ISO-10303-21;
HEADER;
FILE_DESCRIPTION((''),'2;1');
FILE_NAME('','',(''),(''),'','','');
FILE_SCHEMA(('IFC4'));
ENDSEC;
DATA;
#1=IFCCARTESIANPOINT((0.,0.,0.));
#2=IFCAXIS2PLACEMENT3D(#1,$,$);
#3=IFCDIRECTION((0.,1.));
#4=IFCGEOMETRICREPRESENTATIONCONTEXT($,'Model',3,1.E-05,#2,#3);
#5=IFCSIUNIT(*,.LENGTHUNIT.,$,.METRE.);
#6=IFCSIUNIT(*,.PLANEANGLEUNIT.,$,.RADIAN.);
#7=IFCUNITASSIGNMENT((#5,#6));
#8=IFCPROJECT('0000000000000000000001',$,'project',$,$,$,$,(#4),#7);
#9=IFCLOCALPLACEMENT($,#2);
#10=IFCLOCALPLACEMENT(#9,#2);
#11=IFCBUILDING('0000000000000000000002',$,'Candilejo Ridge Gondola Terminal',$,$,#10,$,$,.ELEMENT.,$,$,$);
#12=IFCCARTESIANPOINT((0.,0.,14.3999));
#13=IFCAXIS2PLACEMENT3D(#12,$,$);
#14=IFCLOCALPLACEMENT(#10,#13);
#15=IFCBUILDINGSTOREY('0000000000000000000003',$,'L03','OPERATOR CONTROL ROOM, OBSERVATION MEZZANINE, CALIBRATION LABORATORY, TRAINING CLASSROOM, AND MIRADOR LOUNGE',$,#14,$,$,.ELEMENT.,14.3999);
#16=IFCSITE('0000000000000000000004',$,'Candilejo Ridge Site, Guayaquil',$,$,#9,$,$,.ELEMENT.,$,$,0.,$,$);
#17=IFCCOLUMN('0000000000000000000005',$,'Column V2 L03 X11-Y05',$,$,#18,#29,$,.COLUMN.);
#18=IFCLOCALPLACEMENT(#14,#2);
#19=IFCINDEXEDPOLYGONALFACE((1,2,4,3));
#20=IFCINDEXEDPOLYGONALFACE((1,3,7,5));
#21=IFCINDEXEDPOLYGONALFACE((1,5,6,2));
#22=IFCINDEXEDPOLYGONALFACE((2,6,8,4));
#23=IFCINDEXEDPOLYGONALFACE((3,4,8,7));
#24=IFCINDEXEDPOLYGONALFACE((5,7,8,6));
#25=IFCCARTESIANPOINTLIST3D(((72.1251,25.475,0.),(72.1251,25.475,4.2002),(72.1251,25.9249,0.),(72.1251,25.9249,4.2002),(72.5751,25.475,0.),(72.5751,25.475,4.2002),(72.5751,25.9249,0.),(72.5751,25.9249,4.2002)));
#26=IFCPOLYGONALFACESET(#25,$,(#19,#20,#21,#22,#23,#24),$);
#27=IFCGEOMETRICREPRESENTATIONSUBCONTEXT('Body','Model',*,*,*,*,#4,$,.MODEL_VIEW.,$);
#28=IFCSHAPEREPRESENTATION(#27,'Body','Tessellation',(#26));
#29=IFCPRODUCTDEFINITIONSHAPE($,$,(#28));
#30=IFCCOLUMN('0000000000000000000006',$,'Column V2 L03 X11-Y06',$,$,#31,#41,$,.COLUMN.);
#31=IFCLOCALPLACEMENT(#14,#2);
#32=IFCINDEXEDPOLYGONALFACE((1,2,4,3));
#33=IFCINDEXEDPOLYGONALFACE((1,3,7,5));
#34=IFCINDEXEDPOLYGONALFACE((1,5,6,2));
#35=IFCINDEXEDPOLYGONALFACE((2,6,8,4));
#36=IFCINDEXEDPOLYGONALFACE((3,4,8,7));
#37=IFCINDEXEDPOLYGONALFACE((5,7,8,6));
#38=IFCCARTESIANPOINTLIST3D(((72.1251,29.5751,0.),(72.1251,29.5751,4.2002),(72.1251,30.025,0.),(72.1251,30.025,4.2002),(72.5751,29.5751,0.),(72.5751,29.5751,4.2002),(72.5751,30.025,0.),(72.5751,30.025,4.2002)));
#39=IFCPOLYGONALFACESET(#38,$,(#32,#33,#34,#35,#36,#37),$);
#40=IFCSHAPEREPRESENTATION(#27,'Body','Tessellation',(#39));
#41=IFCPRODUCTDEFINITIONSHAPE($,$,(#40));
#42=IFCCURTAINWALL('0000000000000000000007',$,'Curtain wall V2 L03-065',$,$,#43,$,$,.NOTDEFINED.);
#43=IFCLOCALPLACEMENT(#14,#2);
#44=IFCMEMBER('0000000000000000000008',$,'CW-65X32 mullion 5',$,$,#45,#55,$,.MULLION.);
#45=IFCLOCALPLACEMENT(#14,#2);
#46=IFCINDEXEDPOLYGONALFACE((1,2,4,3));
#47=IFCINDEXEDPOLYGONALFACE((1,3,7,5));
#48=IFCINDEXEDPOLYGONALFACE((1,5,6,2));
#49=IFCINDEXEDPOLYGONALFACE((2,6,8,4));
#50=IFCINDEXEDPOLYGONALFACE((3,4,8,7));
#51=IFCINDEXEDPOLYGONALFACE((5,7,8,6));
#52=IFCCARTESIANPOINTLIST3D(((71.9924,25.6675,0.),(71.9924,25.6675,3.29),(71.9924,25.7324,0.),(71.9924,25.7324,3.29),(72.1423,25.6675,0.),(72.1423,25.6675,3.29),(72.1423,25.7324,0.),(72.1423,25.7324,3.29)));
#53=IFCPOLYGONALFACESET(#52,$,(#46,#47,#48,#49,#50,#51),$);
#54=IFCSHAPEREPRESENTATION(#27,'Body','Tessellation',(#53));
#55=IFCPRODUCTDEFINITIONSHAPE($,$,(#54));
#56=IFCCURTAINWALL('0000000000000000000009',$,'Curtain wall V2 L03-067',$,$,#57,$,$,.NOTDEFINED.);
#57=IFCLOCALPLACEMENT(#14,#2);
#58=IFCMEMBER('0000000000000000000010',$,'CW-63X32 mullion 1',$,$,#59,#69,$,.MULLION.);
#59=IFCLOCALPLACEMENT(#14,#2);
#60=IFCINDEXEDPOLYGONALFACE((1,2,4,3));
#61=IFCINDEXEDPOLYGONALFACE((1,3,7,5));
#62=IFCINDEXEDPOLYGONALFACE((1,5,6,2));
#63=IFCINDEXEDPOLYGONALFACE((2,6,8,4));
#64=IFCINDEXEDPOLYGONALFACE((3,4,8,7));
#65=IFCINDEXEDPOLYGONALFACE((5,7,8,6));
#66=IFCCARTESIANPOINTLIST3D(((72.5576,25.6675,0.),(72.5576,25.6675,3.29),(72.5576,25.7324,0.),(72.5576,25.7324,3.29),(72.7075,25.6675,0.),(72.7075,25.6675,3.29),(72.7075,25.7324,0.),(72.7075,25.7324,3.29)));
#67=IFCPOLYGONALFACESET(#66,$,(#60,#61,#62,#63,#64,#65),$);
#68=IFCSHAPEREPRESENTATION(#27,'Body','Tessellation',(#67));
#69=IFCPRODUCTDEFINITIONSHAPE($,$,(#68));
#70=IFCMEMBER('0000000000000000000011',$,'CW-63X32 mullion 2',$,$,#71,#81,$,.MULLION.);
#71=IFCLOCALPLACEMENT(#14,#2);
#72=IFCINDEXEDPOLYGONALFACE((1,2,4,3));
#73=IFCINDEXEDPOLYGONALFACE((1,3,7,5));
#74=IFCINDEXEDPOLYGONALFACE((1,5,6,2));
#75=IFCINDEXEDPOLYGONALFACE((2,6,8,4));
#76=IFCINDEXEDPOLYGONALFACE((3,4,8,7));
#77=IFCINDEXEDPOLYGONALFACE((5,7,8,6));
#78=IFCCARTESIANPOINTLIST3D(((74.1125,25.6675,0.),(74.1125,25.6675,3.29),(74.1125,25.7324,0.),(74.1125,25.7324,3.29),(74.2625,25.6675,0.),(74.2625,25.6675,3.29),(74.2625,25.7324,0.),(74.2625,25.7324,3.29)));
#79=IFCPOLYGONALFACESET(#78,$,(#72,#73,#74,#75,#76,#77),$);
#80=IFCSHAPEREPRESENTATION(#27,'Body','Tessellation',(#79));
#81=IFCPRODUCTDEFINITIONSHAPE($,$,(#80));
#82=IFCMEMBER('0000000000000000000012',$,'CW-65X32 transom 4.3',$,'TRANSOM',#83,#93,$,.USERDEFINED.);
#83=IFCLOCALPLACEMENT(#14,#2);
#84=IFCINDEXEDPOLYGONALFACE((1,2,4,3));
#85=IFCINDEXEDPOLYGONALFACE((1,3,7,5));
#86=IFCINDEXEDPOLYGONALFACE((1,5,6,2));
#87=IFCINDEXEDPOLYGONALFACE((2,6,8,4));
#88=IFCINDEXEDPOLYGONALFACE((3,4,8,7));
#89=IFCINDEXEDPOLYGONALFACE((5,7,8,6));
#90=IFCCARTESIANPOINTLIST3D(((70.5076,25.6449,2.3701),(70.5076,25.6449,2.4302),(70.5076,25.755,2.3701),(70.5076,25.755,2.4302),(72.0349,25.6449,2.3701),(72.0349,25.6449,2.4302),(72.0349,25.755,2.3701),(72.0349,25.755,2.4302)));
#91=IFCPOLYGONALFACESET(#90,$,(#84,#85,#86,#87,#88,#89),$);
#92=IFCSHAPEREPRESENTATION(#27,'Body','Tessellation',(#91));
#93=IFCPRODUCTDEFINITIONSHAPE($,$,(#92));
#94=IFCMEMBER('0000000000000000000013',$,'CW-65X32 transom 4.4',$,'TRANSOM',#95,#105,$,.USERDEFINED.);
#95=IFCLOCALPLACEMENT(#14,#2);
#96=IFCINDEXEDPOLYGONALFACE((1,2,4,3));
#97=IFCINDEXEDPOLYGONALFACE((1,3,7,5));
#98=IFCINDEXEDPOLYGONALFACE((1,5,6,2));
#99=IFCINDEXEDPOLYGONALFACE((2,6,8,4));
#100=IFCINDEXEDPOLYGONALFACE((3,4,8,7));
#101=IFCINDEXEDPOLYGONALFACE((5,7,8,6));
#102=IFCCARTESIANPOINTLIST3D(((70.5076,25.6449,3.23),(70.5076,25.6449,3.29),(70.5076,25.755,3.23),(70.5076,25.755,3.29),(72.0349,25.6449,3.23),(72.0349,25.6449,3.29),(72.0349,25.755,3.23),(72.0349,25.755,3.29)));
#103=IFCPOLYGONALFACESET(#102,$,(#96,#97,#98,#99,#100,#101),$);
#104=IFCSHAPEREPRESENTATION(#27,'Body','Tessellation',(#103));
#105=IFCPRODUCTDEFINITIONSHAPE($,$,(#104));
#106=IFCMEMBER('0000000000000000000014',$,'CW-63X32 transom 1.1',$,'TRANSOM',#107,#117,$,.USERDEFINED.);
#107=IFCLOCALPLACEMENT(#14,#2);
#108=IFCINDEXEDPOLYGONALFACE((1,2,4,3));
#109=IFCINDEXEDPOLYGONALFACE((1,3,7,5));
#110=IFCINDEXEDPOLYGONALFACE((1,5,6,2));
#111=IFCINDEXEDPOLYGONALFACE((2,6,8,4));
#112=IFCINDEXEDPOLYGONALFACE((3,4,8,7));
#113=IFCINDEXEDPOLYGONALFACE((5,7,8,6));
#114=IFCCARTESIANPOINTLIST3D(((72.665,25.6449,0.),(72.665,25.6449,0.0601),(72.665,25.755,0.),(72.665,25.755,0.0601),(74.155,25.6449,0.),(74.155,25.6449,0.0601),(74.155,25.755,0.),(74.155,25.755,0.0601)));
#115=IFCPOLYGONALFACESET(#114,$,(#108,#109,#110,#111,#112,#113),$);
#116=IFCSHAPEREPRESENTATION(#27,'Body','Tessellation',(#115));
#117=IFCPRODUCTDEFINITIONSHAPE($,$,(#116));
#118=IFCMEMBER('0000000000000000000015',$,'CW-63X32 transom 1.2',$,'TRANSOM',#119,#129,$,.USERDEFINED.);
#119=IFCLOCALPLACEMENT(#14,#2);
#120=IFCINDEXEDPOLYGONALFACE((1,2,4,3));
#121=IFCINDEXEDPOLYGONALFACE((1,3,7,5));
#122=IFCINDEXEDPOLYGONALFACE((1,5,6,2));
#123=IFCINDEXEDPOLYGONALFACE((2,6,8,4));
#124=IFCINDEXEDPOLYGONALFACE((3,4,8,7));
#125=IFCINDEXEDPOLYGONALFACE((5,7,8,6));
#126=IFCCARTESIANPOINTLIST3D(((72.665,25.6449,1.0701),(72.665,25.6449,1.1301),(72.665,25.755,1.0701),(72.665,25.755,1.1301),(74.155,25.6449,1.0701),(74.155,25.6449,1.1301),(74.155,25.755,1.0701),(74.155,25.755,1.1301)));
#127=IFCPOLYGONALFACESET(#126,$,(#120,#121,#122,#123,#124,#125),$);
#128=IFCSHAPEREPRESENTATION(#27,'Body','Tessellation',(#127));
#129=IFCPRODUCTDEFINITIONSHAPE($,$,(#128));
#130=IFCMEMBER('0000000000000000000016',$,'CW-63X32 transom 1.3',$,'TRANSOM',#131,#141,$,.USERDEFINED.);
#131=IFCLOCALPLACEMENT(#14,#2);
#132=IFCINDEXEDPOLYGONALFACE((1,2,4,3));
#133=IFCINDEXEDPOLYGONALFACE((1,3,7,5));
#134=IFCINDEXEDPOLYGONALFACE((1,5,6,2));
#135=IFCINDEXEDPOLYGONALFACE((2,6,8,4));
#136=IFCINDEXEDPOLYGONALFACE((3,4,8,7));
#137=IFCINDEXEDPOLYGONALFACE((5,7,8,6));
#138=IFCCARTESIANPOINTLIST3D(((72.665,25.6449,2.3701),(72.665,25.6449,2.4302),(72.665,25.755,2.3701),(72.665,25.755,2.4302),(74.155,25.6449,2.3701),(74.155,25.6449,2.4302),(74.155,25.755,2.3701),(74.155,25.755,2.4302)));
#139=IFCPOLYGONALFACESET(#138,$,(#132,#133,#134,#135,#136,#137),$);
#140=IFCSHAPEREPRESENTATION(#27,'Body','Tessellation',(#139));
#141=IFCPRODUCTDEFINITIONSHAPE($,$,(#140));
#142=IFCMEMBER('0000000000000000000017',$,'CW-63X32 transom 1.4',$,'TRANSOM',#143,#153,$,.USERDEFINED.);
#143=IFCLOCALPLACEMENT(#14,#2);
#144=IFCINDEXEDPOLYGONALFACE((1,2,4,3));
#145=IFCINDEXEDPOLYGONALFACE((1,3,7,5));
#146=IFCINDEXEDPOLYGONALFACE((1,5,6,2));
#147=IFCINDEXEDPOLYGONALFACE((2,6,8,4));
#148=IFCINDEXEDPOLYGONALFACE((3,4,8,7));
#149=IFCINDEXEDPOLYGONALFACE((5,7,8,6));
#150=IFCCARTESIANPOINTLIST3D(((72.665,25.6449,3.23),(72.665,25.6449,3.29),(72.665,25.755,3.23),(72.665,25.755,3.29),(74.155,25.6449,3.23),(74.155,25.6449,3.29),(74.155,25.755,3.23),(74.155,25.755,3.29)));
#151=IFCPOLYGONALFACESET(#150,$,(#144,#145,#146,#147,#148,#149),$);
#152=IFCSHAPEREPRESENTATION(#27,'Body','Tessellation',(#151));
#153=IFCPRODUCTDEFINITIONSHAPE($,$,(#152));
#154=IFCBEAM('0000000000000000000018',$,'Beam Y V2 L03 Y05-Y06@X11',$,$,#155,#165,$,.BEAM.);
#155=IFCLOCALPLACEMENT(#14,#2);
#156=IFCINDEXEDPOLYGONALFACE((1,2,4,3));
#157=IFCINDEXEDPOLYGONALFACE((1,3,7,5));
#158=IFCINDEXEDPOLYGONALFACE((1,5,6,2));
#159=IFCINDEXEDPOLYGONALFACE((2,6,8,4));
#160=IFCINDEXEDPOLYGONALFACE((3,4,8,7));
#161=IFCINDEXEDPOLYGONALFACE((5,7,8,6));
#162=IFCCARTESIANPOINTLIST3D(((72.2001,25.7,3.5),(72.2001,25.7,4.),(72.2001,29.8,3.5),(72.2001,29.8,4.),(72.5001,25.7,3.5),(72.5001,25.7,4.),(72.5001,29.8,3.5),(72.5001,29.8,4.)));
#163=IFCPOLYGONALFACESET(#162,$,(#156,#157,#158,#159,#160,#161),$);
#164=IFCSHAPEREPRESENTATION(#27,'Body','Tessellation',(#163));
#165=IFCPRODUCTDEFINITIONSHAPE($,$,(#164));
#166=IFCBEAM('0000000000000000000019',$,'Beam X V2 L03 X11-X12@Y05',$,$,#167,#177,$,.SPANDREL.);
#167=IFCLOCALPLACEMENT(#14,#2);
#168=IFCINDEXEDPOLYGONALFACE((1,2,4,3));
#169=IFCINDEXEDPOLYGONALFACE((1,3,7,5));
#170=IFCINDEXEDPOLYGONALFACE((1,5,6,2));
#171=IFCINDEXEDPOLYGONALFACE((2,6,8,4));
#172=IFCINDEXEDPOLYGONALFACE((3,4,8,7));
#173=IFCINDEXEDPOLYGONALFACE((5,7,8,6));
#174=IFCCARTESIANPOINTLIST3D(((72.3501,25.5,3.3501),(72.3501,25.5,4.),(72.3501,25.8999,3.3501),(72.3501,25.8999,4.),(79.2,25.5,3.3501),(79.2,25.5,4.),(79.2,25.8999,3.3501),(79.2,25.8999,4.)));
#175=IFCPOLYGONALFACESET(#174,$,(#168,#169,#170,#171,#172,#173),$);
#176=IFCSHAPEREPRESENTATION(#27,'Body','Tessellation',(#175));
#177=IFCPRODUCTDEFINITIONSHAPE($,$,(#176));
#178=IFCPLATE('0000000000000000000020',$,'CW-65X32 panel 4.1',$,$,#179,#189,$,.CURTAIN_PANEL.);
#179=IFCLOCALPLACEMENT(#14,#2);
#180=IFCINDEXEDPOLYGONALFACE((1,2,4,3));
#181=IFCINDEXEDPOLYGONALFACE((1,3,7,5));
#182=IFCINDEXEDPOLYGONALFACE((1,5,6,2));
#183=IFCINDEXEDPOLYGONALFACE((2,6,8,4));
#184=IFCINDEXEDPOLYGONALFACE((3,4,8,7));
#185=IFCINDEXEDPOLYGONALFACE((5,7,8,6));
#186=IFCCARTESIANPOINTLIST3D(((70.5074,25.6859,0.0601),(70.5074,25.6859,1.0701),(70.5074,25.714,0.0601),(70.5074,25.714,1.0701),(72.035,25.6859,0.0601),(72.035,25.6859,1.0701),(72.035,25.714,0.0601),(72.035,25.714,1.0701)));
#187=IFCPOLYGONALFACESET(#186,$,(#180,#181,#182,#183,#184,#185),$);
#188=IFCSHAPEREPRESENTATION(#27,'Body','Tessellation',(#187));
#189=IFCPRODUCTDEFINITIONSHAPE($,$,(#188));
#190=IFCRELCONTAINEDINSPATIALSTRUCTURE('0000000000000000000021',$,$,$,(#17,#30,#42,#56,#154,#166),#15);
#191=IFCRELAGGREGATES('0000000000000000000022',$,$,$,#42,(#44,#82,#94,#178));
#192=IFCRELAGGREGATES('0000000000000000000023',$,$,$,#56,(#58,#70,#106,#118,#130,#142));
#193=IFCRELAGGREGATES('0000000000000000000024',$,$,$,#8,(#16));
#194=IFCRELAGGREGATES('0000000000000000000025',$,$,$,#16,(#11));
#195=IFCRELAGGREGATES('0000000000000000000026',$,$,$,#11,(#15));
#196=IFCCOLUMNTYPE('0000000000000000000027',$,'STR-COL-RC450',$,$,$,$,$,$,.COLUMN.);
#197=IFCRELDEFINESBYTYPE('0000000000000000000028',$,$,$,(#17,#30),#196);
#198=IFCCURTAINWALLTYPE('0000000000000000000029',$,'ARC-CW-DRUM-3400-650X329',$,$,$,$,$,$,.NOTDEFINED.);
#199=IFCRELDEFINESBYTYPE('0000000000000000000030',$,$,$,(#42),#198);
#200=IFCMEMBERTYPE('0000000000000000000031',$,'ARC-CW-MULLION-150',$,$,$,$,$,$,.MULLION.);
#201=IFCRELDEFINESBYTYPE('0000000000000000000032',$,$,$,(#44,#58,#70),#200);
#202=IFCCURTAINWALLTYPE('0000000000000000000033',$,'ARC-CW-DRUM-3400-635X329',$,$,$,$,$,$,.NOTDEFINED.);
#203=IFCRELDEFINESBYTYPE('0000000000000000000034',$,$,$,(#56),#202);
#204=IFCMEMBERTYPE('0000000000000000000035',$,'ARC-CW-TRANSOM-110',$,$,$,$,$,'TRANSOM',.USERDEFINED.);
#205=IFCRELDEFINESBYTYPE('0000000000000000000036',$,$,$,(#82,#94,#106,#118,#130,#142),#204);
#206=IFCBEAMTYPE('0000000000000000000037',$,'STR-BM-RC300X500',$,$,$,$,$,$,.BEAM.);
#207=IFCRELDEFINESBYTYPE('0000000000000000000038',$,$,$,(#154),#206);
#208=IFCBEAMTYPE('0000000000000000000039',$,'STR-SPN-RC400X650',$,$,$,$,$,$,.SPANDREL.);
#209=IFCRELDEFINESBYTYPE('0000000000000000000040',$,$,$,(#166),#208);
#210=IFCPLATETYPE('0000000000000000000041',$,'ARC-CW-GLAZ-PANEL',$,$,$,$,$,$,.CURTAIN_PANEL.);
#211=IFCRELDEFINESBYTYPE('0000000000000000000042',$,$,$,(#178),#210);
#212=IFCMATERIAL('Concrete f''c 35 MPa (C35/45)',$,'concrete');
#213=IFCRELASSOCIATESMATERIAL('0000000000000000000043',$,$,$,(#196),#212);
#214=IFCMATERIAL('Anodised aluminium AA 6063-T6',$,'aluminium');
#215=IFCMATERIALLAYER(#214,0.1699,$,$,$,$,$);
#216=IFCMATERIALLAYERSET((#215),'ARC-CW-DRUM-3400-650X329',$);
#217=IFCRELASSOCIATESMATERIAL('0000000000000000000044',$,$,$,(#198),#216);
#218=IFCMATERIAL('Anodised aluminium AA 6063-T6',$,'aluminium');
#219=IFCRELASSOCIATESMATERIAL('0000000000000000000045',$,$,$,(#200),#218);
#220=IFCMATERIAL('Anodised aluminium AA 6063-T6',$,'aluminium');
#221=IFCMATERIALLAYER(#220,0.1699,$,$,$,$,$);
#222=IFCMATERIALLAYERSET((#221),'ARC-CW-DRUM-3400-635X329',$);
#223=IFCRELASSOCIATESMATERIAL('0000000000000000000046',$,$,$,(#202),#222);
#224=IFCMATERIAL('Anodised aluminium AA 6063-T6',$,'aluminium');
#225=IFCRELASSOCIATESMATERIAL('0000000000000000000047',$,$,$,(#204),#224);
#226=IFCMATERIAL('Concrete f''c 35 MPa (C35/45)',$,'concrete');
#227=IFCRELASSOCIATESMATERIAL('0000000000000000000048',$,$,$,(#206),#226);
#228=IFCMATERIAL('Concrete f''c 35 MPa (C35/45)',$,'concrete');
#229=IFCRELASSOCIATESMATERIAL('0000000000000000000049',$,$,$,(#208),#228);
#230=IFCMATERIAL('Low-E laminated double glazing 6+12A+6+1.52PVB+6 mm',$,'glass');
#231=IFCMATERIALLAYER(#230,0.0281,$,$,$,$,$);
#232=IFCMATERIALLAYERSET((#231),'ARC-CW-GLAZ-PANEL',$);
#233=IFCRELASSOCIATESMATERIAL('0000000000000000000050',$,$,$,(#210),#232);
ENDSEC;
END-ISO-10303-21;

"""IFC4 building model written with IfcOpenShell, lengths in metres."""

from ifc_helpers import new_model, si_unit, direction, frame, origin, origin_2d, place, context, subcontext, project, spatial, rectangle, extrude, material, layer, layer_set, material_profile, profile_set, type_object, element, aggregate, save


model = new_model("IFC4")

# Units and contexts
model_context = context("Model", 3, precision=1e-05, world=origin(), true_north=direction((0.0, 1.0)))
body_context = subcontext(model_context, "Body", "Model", "MODEL_VIEW")
ifc_project = project(units=[si_unit("LENGTHUNIT", "METRE"), si_unit("PLANEANGLEUNIT", "RADIAN")], contexts=[model_context])

# Site, building, storey
site_placement = place(None, origin())
site = spatial("IfcSite", under=ifc_project, at=site_placement, Name="Candilejo Ridge Site, Guayaquil", CompositionType="ELEMENT", RefElevation=0.0)
building_placement = place(site_placement, origin())
building = spatial("IfcBuilding", under=site, at=building_placement, Name="Candilejo Ridge Gondola Terminal", CompositionType="ELEMENT")
storey_placement = place(building_placement, frame((0.0, 0.0, 14.3999)))
storey = spatial("IfcBuildingStorey", under=building, at=storey_placement, Name="L03", Description="OPERATOR CONTROL ROOM, OBSERVATION MEZZANINE, CALIBRATION LABORATORY, TRAINING CLASSROOM, AND MIRADOR LOUNGE", CompositionType="ELEMENT", Elevation=14.3999)

# Columns
ifc_material_1 = material(Name="Concrete f'c 35 MPa (C35/45)", Category="concrete")
ifc_material_profile_1 = material_profile(ifc_material_1, rectangle(XDim=0.45, YDim=0.45, at=origin_2d()))
ifc_profile_set_1 = profile_set([ifc_material_profile_1], Name="Concrete f'c 35 MPa (C35/45)")
column_type = type_object("IfcColumnType", Name="STR-COL-RC450", PredefinedType="COLUMN", material=ifc_profile_set_1)
for number, where, z_axis, x_axis, name in (
    (1, (72.3501, 25.7, 0.0), (0.0, 0.0, 1.0), (1.0, 0.0, 0.0), "Column V2 L03 X11-Y05"),
    (2, (72.3501, 29.8, 0.0), (0.0, 0.0, 1.0), (1.0, 0.0, 0.0), "Column V2 L03 X11-Y06"),
):
    element("IfcColumn", number, at=place(storey_placement, frame(where, z_axis=z_axis, x_axis=x_axis)), inside=storey, type_object=column_type, Name=name, PredefinedType="COLUMN", context=body_context, shape_type="SweptSolid", body=[
        extrude(rectangle(XDim=0.45, YDim=0.45, at=origin_2d()), origin(), (0.0, 0.0, 1.0), 4.2002),
    ])

# Curtain wall, member
ifc_material_2 = material(Name="Anodised aluminium AA 6063-T6", Category="aluminium")
ifc_layer_1 = layer(ifc_material_2, 0.1699)
ifc_layer_set_1 = layer_set([ifc_layer_1], Name="ARC-CW-DRUM-3400-650X329")
curtain_wall_type_1 = type_object("IfcCurtainWallType", Name="ARC-CW-DRUM-3400-650X329", PredefinedType="NOTDEFINED", material=ifc_layer_set_1)
curtain_wall_1_placement = place(storey_placement, origin())
curtain_wall_1 = element("IfcCurtainWall", 3, at=curtain_wall_1_placement, inside=storey, type_object=curtain_wall_type_1, Name="Curtain wall V2 L03-065", PredefinedType="NOTDEFINED")
ifc_material_3 = material(Name="Anodised aluminium AA 6063-T6", Category="aluminium")
ifc_material_profile_2 = material_profile(ifc_material_3, rectangle(XDim=0.0649, YDim=0.1499, at=origin_2d()))
ifc_profile_set_2 = profile_set([ifc_material_profile_2], Name="Anodised aluminium AA 6063-T6")
member_type_1 = type_object("IfcMemberType", Name="ARC-CW-MULLION-150", PredefinedType="MULLION", material=ifc_profile_set_2)
member_1_placement = place(storey_placement, frame((72.0674, 25.7, 0.0), z_axis=(0.0, 0.0, 1.0), x_axis=(0.0, 1.0, 0.0)))
member_1 = element("IfcMember", 4, at=member_1_placement, type_object=member_type_1, Name="CW-65X32 mullion 5", PredefinedType="MULLION", context=body_context, shape_type="SweptSolid", body=[
    extrude(rectangle(XDim=0.0649, YDim=0.1499, at=origin_2d()), origin(), (0.0, 0.0, 1.0), 3.29),
])

# Curtain wall, members
ifc_material_4 = material(Name="Anodised aluminium AA 6063-T6", Category="aluminium")
ifc_layer_2 = layer(ifc_material_4, 0.1699)
ifc_layer_set_2 = layer_set([ifc_layer_2], Name="ARC-CW-DRUM-3400-635X329")
curtain_wall_type_2 = type_object("IfcCurtainWallType", Name="ARC-CW-DRUM-3400-635X329", PredefinedType="NOTDEFINED", material=ifc_layer_set_2)
curtain_wall_2_placement = place(storey_placement, origin())
curtain_wall_2 = element("IfcCurtainWall", 5, at=curtain_wall_2_placement, inside=storey, type_object=curtain_wall_type_2, Name="Curtain wall V2 L03-067", PredefinedType="NOTDEFINED")
member_2_placement = place(storey_placement, frame((72.6326, 25.7, 0.0), z_axis=(0.0, 0.0, 1.0), x_axis=(0.0, 1.0, 0.0)))
member_2 = element("IfcMember", 6, at=member_2_placement, type_object=member_type_1, Name="CW-63X32 mullion 1", PredefinedType="MULLION", context=body_context, shape_type="SweptSolid", body=[
    extrude(rectangle(XDim=0.0649, YDim=0.1499, at=origin_2d()), origin(), (0.0, 0.0, 1.0), 3.29),
])
member_3_placement = place(storey_placement, frame((74.1875, 25.7, 0.0), z_axis=(0.0, 0.0, 1.0), x_axis=(0.0, 1.0, 0.0)))
member_3 = element("IfcMember", 7, at=member_3_placement, type_object=member_type_1, Name="CW-63X32 mullion 2", PredefinedType="MULLION", context=body_context, shape_type="SweptSolid", body=[
    extrude(rectangle(XDim=0.0649, YDim=0.1499, at=origin_2d()), origin(), (0.0, 0.0, 1.0), 3.29),
])

# Members
ifc_material_5 = material(Name="Anodised aluminium AA 6063-T6", Category="aluminium")
ifc_material_profile_3 = material_profile(ifc_material_5, rectangle(XDim=0.1101, YDim=0.0601, at=origin_2d()))
ifc_profile_set_3 = profile_set([ifc_material_profile_3], Name="Anodised aluminium AA 6063-T6")
member_type_2 = type_object("IfcMemberType", Name="ARC-CW-TRANSOM-110", ElementType="TRANSOM", PredefinedType="USERDEFINED", material=ifc_profile_set_3)
member_4_placement = place(storey_placement, frame((70.5076, 25.7, 2.4001), z_axis=(1.0, 0.0, 0.0), x_axis=(0.0, 1.0, 0.0)))
member_4 = element("IfcMember", 8, at=member_4_placement, type_object=member_type_2, Name="CW-65X32 transom 4.3", ObjectType="TRANSOM", PredefinedType="USERDEFINED", context=body_context, shape_type="SweptSolid", body=[
    extrude(rectangle(XDim=0.1101, YDim=0.0601, at=origin_2d()), origin(), (0.0, 0.0, 1.0), 1.5273),
])
member_5_placement = place(storey_placement, frame((70.5076, 25.7, 3.26), z_axis=(1.0, 0.0, 0.0), x_axis=(0.0, 1.0, 0.0)))
member_5 = element("IfcMember", 9, at=member_5_placement, type_object=member_type_2, Name="CW-65X32 transom 4.4", ObjectType="TRANSOM", PredefinedType="USERDEFINED", context=body_context, shape_type="SweptSolid", body=[
    extrude(rectangle(XDim=0.1101, YDim=0.0601, at=origin_2d()), origin(), (0.0, 0.0, 1.0), 1.5273),
])
member_6_placement = place(storey_placement, frame((72.665, 25.7, 0.03), z_axis=(1.0, 0.0, 0.0), x_axis=(0.0, 1.0, 0.0)))
member_6 = element("IfcMember", 10, at=member_6_placement, type_object=member_type_2, Name="CW-63X32 transom 1.1", ObjectType="TRANSOM", PredefinedType="USERDEFINED", context=body_context, shape_type="SweptSolid", body=[
    extrude(rectangle(XDim=0.1101, YDim=0.0601, at=origin_2d()), origin(), (0.0, 0.0, 1.0), 1.49),
])
member_7_placement = place(storey_placement, frame((72.665, 25.7, 1.1001), z_axis=(1.0, 0.0, 0.0), x_axis=(0.0, 1.0, 0.0)))
member_7 = element("IfcMember", 11, at=member_7_placement, type_object=member_type_2, Name="CW-63X32 transom 1.2", ObjectType="TRANSOM", PredefinedType="USERDEFINED", context=body_context, shape_type="SweptSolid", body=[
    extrude(rectangle(XDim=0.1101, YDim=0.0601, at=origin_2d()), origin(), (0.0, 0.0, 1.0), 1.49),
])
member_8_placement = place(storey_placement, frame((72.665, 25.7, 2.4001), z_axis=(1.0, 0.0, 0.0), x_axis=(0.0, 1.0, 0.0)))
member_8 = element("IfcMember", 12, at=member_8_placement, type_object=member_type_2, Name="CW-63X32 transom 1.3", ObjectType="TRANSOM", PredefinedType="USERDEFINED", context=body_context, shape_type="SweptSolid", body=[
    extrude(rectangle(XDim=0.1101, YDim=0.0601, at=origin_2d()), origin(), (0.0, 0.0, 1.0), 1.49),
])
member_9_placement = place(storey_placement, frame((72.665, 25.7, 3.26), z_axis=(1.0, 0.0, 0.0), x_axis=(0.0, 1.0, 0.0)))
member_9 = element("IfcMember", 13, at=member_9_placement, type_object=member_type_2, Name="CW-63X32 transom 1.4", ObjectType="TRANSOM", PredefinedType="USERDEFINED", context=body_context, shape_type="SweptSolid", body=[
    extrude(rectangle(XDim=0.1101, YDim=0.0601, at=origin_2d()), origin(), (0.0, 0.0, 1.0), 1.49),
])

# Beams
ifc_material_6 = material(Name="Concrete f'c 35 MPa (C35/45)", Category="concrete")
ifc_material_profile_4 = material_profile(ifc_material_6, rectangle(XDim=0.3, YDim=0.5, at=origin_2d()))
ifc_profile_set_4 = profile_set([ifc_material_profile_4], Name="Concrete f'c 35 MPa (C35/45)")
beam_type_1 = type_object("IfcBeamType", Name="STR-BM-RC300X500", PredefinedType="BEAM", material=ifc_profile_set_4)
beam_1_placement = place(storey_placement, frame((72.3501, 25.7, 3.75), z_axis=(0.0, 1.0, 0.0), x_axis=(-1.0, 0.0, 0.0)))
element("IfcBeam", 14, at=beam_1_placement, inside=storey, type_object=beam_type_1, Name="Beam Y V2 L03 Y05-Y06@X11", PredefinedType="BEAM", context=body_context, shape_type="SweptSolid", body=[
    extrude(rectangle(XDim=0.3, YDim=0.5, at=origin_2d()), origin(), (0.0, 0.0, 1.0), 4.1001),
])
ifc_material_7 = material(Name="Concrete f'c 35 MPa (C35/45)", Category="concrete")
ifc_material_profile_5 = material_profile(ifc_material_7, rectangle(XDim=0.3999, YDim=0.6499, at=origin_2d()))
ifc_profile_set_5 = profile_set([ifc_material_profile_5], Name="Concrete f'c 35 MPa (C35/45)")
beam_type_2 = type_object("IfcBeamType", Name="STR-SPN-RC400X650", PredefinedType="SPANDREL", material=ifc_profile_set_5)
beam_2_placement = place(storey_placement, frame((72.3501, 25.7, 3.675), z_axis=(1.0, 0.0, 0.0), x_axis=(0.0, 1.0, 0.0)))
element("IfcBeam", 15, at=beam_2_placement, inside=storey, type_object=beam_type_2, Name="Beam X V2 L03 X11-X12@Y05", PredefinedType="SPANDREL", context=body_context, shape_type="SweptSolid", body=[
    extrude(rectangle(XDim=0.3999, YDim=0.6499, at=origin_2d()), origin(), (0.0, 0.0, 1.0), 6.8499),
])

# Plate
ifc_material_8 = material(Name="Low-E laminated double glazing 6+12A+6+1.52PVB+6 mm", Category="glass")
ifc_layer_3 = layer(ifc_material_8, 0.0281)
ifc_layer_set_3 = layer_set([ifc_layer_3], Name="ARC-CW-GLAZ-PANEL")
plate_type = type_object("IfcPlateType", Name="ARC-CW-GLAZ-PANEL", PredefinedType="CURTAIN_PANEL", material=ifc_layer_set_3)
plate_1_placement = place(storey_placement, frame((71.2712, 25.7, 0.0601), z_axis=(0.0, 0.0, 1.0), x_axis=(1.0, 0.0, 0.0)))
plate_1 = element("IfcPlate", 16, at=plate_1_placement, type_object=plate_type, Name="CW-65X32 panel 4.1", PredefinedType="CURTAIN_PANEL", context=body_context, shape_type="SweptSolid", body=[
    extrude(rectangle(XDim=1.5276, YDim=0.0281, at=origin_2d()), origin(), (0.0, 0.0, 1.0), 1.01),
])
aggregate(curtain_wall_1, [member_1, member_4, member_5, plate_1])
aggregate(curtain_wall_2, [member_2, member_3, member_6, member_7, member_8, member_9])

save(model, "model.ifc")
